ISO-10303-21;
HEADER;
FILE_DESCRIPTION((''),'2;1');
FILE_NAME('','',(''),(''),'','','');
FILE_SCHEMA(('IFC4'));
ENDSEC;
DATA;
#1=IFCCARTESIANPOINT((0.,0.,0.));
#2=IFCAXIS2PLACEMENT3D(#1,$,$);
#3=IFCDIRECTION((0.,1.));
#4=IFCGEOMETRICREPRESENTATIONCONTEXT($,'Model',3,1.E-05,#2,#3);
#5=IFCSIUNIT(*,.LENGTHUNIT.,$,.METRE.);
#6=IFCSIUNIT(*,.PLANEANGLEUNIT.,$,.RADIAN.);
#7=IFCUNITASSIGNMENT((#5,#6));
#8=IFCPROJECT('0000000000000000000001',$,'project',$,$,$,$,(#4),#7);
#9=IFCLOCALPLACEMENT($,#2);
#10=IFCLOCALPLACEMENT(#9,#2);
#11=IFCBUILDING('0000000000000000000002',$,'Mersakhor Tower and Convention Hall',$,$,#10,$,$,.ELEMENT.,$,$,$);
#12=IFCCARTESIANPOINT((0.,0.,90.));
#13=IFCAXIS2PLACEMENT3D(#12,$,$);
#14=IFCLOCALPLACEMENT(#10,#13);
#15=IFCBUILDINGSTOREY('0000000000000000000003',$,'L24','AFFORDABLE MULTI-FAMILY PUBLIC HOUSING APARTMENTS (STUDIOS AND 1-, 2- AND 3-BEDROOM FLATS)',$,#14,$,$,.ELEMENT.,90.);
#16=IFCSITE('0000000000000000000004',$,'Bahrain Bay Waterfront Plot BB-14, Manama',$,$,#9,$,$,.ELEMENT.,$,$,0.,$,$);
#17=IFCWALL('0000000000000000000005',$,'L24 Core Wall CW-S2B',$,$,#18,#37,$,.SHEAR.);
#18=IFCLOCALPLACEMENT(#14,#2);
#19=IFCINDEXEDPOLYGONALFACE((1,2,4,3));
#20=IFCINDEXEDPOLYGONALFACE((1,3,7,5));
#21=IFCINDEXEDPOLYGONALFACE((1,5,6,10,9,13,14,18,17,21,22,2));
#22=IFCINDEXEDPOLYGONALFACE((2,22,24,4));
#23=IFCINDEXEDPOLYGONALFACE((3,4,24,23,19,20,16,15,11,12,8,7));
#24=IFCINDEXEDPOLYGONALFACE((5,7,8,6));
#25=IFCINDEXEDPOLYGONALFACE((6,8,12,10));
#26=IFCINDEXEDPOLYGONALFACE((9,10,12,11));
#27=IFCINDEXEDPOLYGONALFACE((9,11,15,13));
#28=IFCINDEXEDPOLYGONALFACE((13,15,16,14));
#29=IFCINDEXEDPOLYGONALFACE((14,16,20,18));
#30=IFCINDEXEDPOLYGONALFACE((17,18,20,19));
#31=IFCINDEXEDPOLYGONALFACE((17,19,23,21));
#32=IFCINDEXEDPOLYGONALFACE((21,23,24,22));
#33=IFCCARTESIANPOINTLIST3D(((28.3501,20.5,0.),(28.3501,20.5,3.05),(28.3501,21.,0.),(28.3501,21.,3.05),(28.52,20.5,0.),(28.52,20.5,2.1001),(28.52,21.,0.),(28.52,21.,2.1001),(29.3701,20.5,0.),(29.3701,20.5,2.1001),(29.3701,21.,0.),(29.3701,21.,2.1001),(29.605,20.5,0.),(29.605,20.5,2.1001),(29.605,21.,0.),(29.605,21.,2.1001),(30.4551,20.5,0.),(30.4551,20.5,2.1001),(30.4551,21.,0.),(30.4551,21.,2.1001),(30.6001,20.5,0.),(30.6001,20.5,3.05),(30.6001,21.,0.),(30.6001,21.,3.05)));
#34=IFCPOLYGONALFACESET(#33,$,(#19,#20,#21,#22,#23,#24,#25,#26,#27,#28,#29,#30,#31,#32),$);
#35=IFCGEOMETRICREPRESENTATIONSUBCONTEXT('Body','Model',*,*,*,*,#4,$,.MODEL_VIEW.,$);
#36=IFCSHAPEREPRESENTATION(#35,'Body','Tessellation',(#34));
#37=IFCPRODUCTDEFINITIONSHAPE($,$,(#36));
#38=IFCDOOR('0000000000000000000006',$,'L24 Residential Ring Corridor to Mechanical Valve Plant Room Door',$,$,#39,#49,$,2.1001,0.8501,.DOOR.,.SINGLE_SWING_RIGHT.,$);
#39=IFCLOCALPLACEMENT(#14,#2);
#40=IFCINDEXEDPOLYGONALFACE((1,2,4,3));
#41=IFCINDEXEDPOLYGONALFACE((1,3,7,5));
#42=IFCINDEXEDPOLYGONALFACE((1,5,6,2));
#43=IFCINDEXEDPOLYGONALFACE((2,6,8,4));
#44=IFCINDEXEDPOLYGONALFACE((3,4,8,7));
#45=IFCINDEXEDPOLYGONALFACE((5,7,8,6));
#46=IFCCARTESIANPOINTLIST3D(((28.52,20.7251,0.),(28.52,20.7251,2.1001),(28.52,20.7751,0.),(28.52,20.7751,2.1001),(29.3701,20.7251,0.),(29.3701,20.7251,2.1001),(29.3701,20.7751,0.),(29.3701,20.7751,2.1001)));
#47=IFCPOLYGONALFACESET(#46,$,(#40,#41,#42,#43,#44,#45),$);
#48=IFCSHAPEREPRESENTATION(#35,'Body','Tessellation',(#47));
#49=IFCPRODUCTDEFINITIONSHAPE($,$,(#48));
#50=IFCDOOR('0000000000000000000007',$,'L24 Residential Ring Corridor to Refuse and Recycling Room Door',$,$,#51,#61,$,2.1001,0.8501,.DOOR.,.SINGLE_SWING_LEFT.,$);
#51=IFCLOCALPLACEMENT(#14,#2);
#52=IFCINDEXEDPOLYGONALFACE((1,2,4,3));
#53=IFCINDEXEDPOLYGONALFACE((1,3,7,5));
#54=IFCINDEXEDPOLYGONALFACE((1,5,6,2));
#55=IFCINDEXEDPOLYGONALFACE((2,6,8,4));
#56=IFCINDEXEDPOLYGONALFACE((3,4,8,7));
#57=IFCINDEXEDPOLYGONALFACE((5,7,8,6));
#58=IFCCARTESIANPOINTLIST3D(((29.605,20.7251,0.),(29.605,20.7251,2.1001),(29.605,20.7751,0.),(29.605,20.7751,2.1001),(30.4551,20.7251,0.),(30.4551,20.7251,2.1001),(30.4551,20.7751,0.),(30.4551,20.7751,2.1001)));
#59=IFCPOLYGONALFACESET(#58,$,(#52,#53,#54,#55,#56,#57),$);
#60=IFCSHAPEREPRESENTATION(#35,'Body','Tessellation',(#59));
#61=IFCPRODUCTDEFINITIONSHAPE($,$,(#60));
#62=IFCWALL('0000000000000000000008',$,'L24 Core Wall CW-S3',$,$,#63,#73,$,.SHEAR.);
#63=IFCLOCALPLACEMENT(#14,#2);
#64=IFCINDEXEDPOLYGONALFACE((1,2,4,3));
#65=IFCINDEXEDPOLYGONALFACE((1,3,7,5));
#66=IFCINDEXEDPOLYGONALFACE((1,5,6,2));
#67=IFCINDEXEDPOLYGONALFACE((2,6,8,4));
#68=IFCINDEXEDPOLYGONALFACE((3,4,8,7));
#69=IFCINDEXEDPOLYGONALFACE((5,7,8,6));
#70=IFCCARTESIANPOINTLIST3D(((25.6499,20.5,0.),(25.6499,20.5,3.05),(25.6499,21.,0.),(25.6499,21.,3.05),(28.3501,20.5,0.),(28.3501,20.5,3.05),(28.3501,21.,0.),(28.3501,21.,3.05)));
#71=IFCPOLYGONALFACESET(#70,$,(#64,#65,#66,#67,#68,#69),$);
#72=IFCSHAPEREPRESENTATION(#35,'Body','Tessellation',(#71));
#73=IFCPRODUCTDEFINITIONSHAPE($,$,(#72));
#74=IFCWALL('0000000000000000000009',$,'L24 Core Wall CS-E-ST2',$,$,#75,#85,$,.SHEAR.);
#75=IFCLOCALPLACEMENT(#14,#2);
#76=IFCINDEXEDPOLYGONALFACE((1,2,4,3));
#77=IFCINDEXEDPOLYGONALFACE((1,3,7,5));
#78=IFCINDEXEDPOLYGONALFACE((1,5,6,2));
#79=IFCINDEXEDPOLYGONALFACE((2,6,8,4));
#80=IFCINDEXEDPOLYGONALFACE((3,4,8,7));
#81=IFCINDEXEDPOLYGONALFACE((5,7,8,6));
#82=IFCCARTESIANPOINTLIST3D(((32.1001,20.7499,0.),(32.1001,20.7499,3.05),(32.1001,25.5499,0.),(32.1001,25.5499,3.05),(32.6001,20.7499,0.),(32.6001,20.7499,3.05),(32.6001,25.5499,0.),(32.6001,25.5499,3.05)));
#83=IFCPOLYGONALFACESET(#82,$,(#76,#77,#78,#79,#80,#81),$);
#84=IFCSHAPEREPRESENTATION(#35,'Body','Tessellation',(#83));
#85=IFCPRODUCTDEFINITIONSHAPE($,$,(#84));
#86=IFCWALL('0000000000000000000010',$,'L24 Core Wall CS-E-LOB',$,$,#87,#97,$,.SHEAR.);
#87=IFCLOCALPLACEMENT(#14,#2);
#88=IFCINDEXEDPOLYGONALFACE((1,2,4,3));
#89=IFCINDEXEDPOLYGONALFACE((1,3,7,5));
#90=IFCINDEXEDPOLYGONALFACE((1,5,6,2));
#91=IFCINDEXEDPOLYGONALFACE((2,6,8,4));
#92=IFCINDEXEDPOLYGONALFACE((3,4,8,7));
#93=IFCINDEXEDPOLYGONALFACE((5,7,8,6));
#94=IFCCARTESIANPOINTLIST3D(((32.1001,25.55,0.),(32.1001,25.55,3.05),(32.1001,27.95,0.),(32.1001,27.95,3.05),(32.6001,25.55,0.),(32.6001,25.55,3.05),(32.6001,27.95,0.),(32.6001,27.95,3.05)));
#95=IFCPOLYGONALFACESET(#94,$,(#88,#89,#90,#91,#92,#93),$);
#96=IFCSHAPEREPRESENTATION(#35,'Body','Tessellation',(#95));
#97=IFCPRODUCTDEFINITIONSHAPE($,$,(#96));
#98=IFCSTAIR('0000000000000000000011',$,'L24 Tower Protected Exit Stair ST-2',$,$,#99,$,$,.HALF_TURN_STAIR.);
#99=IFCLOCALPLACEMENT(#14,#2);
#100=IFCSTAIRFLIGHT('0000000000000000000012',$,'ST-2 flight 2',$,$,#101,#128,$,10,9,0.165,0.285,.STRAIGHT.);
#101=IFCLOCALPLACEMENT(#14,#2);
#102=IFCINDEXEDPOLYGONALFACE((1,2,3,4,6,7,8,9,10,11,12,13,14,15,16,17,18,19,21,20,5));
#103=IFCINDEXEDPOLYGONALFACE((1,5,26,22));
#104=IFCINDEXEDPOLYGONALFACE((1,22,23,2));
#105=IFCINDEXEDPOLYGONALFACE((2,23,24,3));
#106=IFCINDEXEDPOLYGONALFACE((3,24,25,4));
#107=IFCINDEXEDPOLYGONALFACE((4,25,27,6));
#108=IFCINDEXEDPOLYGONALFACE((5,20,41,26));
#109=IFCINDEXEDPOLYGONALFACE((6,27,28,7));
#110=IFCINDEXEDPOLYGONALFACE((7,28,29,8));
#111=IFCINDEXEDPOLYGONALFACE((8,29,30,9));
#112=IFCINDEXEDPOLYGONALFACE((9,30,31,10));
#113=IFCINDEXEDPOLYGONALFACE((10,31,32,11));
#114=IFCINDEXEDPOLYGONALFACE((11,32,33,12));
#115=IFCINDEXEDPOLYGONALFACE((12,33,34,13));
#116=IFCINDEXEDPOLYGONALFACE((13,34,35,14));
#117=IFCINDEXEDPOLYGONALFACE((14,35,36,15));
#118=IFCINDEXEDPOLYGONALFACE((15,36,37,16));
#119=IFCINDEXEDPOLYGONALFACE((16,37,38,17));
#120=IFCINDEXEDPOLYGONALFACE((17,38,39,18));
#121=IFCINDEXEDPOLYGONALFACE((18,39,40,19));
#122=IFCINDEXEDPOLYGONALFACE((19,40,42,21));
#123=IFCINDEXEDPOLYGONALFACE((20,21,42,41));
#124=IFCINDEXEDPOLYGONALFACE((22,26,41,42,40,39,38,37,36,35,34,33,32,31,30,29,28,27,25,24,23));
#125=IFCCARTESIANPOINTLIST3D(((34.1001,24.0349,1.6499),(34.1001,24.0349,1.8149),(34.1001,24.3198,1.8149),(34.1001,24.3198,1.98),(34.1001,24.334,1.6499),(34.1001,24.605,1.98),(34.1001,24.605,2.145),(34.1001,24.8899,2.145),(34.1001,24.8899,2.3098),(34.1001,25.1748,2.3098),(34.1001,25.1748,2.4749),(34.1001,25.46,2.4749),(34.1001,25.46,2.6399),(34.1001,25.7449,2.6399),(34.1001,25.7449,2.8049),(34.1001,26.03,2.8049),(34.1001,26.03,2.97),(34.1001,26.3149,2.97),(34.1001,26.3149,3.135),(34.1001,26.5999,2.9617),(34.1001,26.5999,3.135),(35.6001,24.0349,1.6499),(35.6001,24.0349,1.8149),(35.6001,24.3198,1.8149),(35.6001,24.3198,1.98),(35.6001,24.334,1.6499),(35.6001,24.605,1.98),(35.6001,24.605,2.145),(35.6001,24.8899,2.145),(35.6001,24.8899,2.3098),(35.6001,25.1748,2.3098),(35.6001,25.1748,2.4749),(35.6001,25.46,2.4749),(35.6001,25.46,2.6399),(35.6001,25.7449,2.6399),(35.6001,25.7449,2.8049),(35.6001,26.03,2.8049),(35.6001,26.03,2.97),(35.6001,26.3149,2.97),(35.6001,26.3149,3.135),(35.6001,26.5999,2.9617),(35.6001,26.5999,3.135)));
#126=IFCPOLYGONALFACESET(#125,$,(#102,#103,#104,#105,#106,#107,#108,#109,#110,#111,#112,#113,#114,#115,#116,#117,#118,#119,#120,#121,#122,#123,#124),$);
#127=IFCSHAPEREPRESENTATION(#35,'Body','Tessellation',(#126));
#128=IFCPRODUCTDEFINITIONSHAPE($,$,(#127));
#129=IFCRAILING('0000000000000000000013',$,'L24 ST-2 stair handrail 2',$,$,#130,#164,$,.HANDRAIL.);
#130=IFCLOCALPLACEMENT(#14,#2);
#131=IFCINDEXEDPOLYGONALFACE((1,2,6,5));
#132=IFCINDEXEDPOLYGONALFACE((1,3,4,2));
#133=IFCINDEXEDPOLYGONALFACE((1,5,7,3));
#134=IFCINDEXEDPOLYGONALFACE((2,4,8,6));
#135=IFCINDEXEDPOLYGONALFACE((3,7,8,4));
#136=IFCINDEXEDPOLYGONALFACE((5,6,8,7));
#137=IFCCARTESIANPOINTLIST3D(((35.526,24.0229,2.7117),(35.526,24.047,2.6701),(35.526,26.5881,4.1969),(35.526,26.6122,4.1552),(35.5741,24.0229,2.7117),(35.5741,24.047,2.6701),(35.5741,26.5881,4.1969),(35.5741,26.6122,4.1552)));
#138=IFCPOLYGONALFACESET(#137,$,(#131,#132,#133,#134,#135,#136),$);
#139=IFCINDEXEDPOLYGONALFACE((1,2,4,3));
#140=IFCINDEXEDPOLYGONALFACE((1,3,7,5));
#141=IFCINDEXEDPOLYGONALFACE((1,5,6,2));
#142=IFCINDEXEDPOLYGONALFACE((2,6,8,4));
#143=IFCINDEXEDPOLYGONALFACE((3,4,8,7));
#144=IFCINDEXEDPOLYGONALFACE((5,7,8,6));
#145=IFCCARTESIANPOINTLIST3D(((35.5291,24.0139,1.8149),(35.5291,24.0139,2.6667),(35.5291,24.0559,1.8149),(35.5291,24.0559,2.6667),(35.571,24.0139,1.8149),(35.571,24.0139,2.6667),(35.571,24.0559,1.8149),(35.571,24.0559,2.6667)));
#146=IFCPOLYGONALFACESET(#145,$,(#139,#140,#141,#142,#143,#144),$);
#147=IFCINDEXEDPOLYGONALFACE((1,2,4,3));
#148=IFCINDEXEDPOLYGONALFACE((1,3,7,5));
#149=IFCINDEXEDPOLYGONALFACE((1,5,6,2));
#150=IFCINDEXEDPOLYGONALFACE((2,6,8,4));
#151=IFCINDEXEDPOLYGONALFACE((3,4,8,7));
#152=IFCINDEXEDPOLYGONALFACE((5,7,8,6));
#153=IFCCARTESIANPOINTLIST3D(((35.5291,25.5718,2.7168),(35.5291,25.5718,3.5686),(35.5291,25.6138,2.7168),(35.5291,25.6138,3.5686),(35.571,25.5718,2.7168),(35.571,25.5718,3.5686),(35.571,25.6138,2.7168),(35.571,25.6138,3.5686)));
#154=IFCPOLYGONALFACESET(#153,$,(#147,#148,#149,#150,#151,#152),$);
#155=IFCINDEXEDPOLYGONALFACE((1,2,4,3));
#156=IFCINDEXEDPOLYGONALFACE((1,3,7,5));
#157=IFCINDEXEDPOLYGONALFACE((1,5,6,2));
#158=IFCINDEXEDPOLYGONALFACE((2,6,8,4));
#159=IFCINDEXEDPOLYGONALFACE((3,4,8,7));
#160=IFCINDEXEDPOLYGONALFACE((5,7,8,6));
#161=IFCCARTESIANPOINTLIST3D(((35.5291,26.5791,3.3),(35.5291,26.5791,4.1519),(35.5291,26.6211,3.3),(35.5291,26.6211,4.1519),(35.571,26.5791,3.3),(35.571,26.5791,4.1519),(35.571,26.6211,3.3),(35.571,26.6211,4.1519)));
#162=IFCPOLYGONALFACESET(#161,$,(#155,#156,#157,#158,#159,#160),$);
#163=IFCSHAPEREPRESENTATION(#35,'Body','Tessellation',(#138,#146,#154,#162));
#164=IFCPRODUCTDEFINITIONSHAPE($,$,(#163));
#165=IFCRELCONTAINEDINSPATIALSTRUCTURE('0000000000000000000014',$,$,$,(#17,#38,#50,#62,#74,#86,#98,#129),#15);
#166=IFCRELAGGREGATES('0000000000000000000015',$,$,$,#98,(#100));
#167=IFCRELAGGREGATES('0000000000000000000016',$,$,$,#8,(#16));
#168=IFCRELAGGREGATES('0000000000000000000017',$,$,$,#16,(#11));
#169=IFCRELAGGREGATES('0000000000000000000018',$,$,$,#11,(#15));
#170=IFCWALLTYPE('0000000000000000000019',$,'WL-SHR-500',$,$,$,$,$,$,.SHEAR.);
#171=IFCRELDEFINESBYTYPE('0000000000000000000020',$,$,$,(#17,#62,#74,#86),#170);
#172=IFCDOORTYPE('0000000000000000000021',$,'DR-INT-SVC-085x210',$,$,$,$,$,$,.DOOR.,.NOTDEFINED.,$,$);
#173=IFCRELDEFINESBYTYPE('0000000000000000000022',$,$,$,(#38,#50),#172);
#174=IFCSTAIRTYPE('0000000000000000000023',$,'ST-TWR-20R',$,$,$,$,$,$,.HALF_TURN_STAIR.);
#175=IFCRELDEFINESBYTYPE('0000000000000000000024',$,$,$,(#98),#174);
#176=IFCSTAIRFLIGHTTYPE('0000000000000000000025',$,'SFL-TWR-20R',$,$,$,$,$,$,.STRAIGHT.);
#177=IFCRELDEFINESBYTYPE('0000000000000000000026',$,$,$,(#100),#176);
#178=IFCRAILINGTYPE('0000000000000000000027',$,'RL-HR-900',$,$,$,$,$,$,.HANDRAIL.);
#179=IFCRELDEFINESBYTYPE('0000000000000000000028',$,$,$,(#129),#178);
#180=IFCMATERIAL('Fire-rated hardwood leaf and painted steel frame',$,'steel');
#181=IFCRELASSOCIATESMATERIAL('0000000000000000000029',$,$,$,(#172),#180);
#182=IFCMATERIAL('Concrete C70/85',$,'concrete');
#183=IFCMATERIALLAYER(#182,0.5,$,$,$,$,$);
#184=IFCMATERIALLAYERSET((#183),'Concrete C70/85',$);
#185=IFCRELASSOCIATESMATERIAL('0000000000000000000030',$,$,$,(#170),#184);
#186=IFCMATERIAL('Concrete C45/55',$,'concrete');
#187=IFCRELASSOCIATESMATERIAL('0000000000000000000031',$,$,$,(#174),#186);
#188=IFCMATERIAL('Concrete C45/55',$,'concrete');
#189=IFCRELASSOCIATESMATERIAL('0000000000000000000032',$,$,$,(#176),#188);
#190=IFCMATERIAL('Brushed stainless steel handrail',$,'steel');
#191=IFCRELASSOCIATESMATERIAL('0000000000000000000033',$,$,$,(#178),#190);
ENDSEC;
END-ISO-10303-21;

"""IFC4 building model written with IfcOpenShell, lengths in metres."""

from ifc_helpers import new_model, si_unit, direction, frame, frame_2d, origin, origin_2d, place, context, subcontext, project, spatial, polyline, rectangle, outline, extrude, material, layer, layer_set, type_object, element, fill, aggregate, save


model = new_model("IFC4")

# Units and contexts
model_context = context("Model", 3, precision=1e-05, world=origin(), true_north=direction((0.0, 1.0)))
body_context = subcontext(model_context, "Body", "Model", "MODEL_VIEW")
ifc_project = project(units=[si_unit("LENGTHUNIT", "METRE"), si_unit("PLANEANGLEUNIT", "RADIAN")], contexts=[model_context])

# Site, building, storey
site_placement = place(None, origin())
site = spatial("IfcSite", under=ifc_project, at=site_placement, Name="Bahrain Bay Waterfront Plot BB-14, Manama", CompositionType="ELEMENT", RefElevation=0.0)
building_placement = place(site_placement, origin())
building = spatial("IfcBuilding", under=site, at=building_placement, Name="Mersakhor Tower and Convention Hall", CompositionType="ELEMENT")
storey_placement = place(building_placement, frame((0.0, 0.0, 90.0)))
storey = spatial("IfcBuildingStorey", under=building, at=storey_placement, Name="L24", Description="AFFORDABLE MULTI-FAMILY PUBLIC HOUSING APARTMENTS (STUDIOS AND 1-, 2- AND 3-BEDROOM FLATS)", CompositionType="ELEMENT", Elevation=90.0)

# Shared definitions
ifc_material_1 = material(Name="Fire-rated hardwood leaf and painted steel frame", Category="steel")
door_type_1 = type_object("IfcDoorType", Name="DR-INT-SVC-085x210", OperationType="NOTDEFINED", PredefinedType="DOOR", material=ifc_material_1)

# Shared definitions
ifc_material_2 = material(Name="Concrete C70/85", Category="concrete")
ifc_layer_1 = layer(ifc_material_2, 0.5)
ifc_layer_set_1 = layer_set([ifc_layer_1], Name="Concrete C70/85")
wall_type_1 = type_object("IfcWallType", Name="WL-SHR-500", PredefinedType="SHEAR", material=ifc_layer_set_1)

# Wall, openings, doors
wall_1_placement = place(storey_placement, frame((30.6001, 20.75, 0.0), z_axis=(0.0, 0.0, 1.0), x_axis=(-1.0, 0.0, 0.0)))
wall_1 = element("IfcWall", 1, at=wall_1_placement, inside=storey, type_object=wall_type_1, Name="L24 Core Wall CW-S2B", PredefinedType="SHEAR", context=body_context, shape_type="SweptSolid", body=[
    extrude(rectangle(XDim=2.25, YDim=0.5, at=frame_2d((1.125, 0.0))), origin(), (0.0, 0.0, 1.0), 3.05),
])
opening_1_placement = place(wall_1_placement, frame((1.23, 0.0, 0.0)))
opening_1 = element("IfcOpeningElement", 2, at=opening_1_placement, cuts=wall_1, PredefinedType="OPENING", context=body_context, shape_type="SweptSolid", body=[
    extrude(rectangle(XDim=0.8501, YDim=2.1001, at=frame_2d((0.425, 1.05))), frame((0.0, 0.26, 0.0), z_axis=(0.0, -1.0, 0.0), x_axis=(1.0, 0.0, 0.0)), (0.0, 0.0, 1.0), 0.52),
])
opening_2_placement = place(wall_1_placement, frame((0.145, 0.0, 0.0)))
opening_2 = element("IfcOpeningElement", 3, at=opening_2_placement, cuts=wall_1, PredefinedType="OPENING", context=body_context, shape_type="SweptSolid", body=[
    extrude(rectangle(XDim=0.8501, YDim=2.1001, at=frame_2d((0.425, 1.05))), frame((0.0, 0.26, 0.0), z_axis=(0.0, -1.0, 0.0), x_axis=(1.0, 0.0, 0.0)), (0.0, 0.0, 1.0), 0.52),
])
door_1_placement = place(opening_1_placement, origin())
door_1 = element("IfcDoor", 4, at=door_1_placement, inside=storey, type_object=door_type_1, Name="L24 Residential Ring Corridor to Mechanical Valve Plant Room Door", OperationType="SINGLE_SWING_RIGHT", OverallHeight=2.1001, OverallWidth=0.8501, PredefinedType="DOOR", context=body_context, shape_type="SweptSolid", body=[
    extrude(rectangle(XDim=0.8501, YDim=2.1001, at=frame_2d((0.425, 1.05))), frame((0.0, 0.0249, 0.0), z_axis=(0.0, -1.0, 0.0), x_axis=(1.0, 0.0, 0.0)), (0.0, 0.0, 1.0), 0.05),
])
fill(opening_1, door_1)
door_2_placement = place(opening_2_placement, origin())
door_2 = element("IfcDoor", 5, at=door_2_placement, inside=storey, type_object=door_type_1, Name="L24 Residential Ring Corridor to Refuse and Recycling Room Door", OperationType="SINGLE_SWING_LEFT", OverallHeight=2.1001, OverallWidth=0.8501, PredefinedType="DOOR", context=body_context, shape_type="SweptSolid", body=[
    extrude(rectangle(XDim=0.8501, YDim=2.1001, at=frame_2d((0.425, 1.05))), frame((0.0, 0.0249, 0.0), z_axis=(0.0, -1.0, 0.0), x_axis=(1.0, 0.0, 0.0)), (0.0, 0.0, 1.0), 0.05),
])
fill(opening_2, door_2)

# Walls
wall_2_placement = place(storey_placement, frame((28.3501, 20.75, 0.0), z_axis=(0.0, 0.0, 1.0), x_axis=(-1.0, 0.0, 0.0)))
element("IfcWall", 6, at=wall_2_placement, inside=storey, type_object=wall_type_1, Name="L24 Core Wall CW-S3", PredefinedType="SHEAR", context=body_context, shape_type="SweptSolid", body=[
    extrude(rectangle(XDim=2.7002, YDim=0.5, at=frame_2d((1.3501, 0.0))), origin(), (0.0, 0.0, 1.0), 3.05),
])
wall_3_placement = place(storey_placement, frame((32.3501, 20.75, 0.0), z_axis=(0.0, 0.0, 1.0), x_axis=(0.0, 1.0, 0.0)))
element("IfcWall", 7, at=wall_3_placement, inside=storey, type_object=wall_type_1, Name="L24 Core Wall CS-E-ST2", PredefinedType="SHEAR", context=body_context, shape_type="SweptSolid", body=[
    extrude(rectangle(XDim=4.8, YDim=0.5, at=frame_2d((2.3999, 0.0))), origin(), (0.0, 0.0, 1.0), 3.05),
])
wall_4_placement = place(storey_placement, frame((32.3501, 25.55, 0.0), z_axis=(0.0, 0.0, 1.0), x_axis=(0.0, 1.0, 0.0)))
element("IfcWall", 8, at=wall_4_placement, inside=storey, type_object=wall_type_1, Name="L24 Core Wall CS-E-LOB", PredefinedType="SHEAR", context=body_context, shape_type="SweptSolid", body=[
    extrude(rectangle(XDim=2.3999, YDim=0.5, at=frame_2d((1.2, 0.0))), origin(), (0.0, 0.0, 1.0), 3.05),
])

# Stair, stair flight
ifc_material_3 = material(Name="Concrete C45/55", Category="concrete")
stair_type = type_object("IfcStairType", Name="ST-TWR-20R", PredefinedType="HALF_TURN_STAIR", material=ifc_material_3)
stair_placement = place(storey_placement, origin())
stair = element("IfcStair", 9, at=stair_placement, inside=storey, type_object=stair_type, Name="L24 Tower Protected Exit Stair ST-2", PredefinedType="HALF_TURN_STAIR")
ifc_material_4 = material(Name="Concrete C45/55", Category="concrete")
stair_flight_type = type_object("IfcStairFlightType", Name="SFL-TWR-20R", PredefinedType="STRAIGHT", material=ifc_material_4)
stair_flight_placement = place(storey_placement, frame((34.8501, 24.0349, 1.6499), z_axis=(0.0, 0.0, 1.0), x_axis=(0.0, 1.0, 0.0)))
stair_flight = element("IfcStairFlight", 10, at=stair_flight_placement, type_object=stair_flight_type, Name="ST-2 flight 2", NumberOfRisers=10, NumberOfTreads=9, PredefinedType="STRAIGHT", RiserHeight=0.165, TreadLength=0.285, context=body_context, shape_type="SweptSolid", body=[
    extrude(outline(polyline([(0.0, 0.0), (0.0, 0.165), (0.2849, 0.165), (0.2849, 0.3301), (0.5701, 0.3301), (0.5701, 0.4951), (0.855, 0.4951), (0.855, 0.6599), (1.1399, 0.6599), (1.1399, 0.825), (1.425, 0.825), (1.425, 0.99), (1.71, 0.99), (1.71, 1.155), (1.9951, 1.155), (1.9951, 1.3201), (2.28, 1.3201), (2.28, 1.4851), (2.5649, 1.4851), (2.5649, 1.6499), (2.5649, 1.3118), (0.2991, 0.0), (0.0, 0.0)])), frame((0.0, 0.75, 0.0), z_axis=(0.0, -1.0, 0.0), x_axis=(1.0, 0.0, 0.0)), (0.0, 0.0, 1.0), 1.5),
])
aggregate(stair, [stair_flight])

# Railing
ifc_material_5 = material(Name="Brushed stainless steel handrail", Category="steel")
railing_type_1 = type_object("IfcRailingType", Name="RL-HR-900", PredefinedType="HANDRAIL", material=ifc_material_5)
railing_1_placement = place(storey_placement, frame((35.55, 24.0349, 1.8149)))
element("IfcRailing", 11, at=railing_1_placement, inside=storey, type_object=railing_type_1, Name="L24 ST-2 stair handrail 2", PredefinedType="HANDRAIL", context=body_context, shape_type="SweptSolid", body=[
    extrude(rectangle(XDim=0.0481, YDim=0.0481, at=origin_2d()), frame((0.0, 0.0, 0.876), z_axis=(0.0, 0.865426, 0.501036), x_axis=(-1.0, 0.0, 0.0)), (0.0, 0.0, 1.0), 2.9641),
    extrude(rectangle(XDim=0.042, YDim=0.042, at=origin_2d()), origin(), (0.0, 0.0, 1.0), 0.8518),
    extrude(rectangle(XDim=0.042, YDim=0.042, at=origin_2d()), frame((0.0, 1.5579, 0.9019)), (0.0, 0.0, 1.0), 0.8518),
    extrude(rectangle(XDim=0.042, YDim=0.042, at=origin_2d()), frame((0.0, 2.5652, 1.4851)), (0.0, 0.0, 1.0), 0.8518),
])

save(model, "model.ifc")
